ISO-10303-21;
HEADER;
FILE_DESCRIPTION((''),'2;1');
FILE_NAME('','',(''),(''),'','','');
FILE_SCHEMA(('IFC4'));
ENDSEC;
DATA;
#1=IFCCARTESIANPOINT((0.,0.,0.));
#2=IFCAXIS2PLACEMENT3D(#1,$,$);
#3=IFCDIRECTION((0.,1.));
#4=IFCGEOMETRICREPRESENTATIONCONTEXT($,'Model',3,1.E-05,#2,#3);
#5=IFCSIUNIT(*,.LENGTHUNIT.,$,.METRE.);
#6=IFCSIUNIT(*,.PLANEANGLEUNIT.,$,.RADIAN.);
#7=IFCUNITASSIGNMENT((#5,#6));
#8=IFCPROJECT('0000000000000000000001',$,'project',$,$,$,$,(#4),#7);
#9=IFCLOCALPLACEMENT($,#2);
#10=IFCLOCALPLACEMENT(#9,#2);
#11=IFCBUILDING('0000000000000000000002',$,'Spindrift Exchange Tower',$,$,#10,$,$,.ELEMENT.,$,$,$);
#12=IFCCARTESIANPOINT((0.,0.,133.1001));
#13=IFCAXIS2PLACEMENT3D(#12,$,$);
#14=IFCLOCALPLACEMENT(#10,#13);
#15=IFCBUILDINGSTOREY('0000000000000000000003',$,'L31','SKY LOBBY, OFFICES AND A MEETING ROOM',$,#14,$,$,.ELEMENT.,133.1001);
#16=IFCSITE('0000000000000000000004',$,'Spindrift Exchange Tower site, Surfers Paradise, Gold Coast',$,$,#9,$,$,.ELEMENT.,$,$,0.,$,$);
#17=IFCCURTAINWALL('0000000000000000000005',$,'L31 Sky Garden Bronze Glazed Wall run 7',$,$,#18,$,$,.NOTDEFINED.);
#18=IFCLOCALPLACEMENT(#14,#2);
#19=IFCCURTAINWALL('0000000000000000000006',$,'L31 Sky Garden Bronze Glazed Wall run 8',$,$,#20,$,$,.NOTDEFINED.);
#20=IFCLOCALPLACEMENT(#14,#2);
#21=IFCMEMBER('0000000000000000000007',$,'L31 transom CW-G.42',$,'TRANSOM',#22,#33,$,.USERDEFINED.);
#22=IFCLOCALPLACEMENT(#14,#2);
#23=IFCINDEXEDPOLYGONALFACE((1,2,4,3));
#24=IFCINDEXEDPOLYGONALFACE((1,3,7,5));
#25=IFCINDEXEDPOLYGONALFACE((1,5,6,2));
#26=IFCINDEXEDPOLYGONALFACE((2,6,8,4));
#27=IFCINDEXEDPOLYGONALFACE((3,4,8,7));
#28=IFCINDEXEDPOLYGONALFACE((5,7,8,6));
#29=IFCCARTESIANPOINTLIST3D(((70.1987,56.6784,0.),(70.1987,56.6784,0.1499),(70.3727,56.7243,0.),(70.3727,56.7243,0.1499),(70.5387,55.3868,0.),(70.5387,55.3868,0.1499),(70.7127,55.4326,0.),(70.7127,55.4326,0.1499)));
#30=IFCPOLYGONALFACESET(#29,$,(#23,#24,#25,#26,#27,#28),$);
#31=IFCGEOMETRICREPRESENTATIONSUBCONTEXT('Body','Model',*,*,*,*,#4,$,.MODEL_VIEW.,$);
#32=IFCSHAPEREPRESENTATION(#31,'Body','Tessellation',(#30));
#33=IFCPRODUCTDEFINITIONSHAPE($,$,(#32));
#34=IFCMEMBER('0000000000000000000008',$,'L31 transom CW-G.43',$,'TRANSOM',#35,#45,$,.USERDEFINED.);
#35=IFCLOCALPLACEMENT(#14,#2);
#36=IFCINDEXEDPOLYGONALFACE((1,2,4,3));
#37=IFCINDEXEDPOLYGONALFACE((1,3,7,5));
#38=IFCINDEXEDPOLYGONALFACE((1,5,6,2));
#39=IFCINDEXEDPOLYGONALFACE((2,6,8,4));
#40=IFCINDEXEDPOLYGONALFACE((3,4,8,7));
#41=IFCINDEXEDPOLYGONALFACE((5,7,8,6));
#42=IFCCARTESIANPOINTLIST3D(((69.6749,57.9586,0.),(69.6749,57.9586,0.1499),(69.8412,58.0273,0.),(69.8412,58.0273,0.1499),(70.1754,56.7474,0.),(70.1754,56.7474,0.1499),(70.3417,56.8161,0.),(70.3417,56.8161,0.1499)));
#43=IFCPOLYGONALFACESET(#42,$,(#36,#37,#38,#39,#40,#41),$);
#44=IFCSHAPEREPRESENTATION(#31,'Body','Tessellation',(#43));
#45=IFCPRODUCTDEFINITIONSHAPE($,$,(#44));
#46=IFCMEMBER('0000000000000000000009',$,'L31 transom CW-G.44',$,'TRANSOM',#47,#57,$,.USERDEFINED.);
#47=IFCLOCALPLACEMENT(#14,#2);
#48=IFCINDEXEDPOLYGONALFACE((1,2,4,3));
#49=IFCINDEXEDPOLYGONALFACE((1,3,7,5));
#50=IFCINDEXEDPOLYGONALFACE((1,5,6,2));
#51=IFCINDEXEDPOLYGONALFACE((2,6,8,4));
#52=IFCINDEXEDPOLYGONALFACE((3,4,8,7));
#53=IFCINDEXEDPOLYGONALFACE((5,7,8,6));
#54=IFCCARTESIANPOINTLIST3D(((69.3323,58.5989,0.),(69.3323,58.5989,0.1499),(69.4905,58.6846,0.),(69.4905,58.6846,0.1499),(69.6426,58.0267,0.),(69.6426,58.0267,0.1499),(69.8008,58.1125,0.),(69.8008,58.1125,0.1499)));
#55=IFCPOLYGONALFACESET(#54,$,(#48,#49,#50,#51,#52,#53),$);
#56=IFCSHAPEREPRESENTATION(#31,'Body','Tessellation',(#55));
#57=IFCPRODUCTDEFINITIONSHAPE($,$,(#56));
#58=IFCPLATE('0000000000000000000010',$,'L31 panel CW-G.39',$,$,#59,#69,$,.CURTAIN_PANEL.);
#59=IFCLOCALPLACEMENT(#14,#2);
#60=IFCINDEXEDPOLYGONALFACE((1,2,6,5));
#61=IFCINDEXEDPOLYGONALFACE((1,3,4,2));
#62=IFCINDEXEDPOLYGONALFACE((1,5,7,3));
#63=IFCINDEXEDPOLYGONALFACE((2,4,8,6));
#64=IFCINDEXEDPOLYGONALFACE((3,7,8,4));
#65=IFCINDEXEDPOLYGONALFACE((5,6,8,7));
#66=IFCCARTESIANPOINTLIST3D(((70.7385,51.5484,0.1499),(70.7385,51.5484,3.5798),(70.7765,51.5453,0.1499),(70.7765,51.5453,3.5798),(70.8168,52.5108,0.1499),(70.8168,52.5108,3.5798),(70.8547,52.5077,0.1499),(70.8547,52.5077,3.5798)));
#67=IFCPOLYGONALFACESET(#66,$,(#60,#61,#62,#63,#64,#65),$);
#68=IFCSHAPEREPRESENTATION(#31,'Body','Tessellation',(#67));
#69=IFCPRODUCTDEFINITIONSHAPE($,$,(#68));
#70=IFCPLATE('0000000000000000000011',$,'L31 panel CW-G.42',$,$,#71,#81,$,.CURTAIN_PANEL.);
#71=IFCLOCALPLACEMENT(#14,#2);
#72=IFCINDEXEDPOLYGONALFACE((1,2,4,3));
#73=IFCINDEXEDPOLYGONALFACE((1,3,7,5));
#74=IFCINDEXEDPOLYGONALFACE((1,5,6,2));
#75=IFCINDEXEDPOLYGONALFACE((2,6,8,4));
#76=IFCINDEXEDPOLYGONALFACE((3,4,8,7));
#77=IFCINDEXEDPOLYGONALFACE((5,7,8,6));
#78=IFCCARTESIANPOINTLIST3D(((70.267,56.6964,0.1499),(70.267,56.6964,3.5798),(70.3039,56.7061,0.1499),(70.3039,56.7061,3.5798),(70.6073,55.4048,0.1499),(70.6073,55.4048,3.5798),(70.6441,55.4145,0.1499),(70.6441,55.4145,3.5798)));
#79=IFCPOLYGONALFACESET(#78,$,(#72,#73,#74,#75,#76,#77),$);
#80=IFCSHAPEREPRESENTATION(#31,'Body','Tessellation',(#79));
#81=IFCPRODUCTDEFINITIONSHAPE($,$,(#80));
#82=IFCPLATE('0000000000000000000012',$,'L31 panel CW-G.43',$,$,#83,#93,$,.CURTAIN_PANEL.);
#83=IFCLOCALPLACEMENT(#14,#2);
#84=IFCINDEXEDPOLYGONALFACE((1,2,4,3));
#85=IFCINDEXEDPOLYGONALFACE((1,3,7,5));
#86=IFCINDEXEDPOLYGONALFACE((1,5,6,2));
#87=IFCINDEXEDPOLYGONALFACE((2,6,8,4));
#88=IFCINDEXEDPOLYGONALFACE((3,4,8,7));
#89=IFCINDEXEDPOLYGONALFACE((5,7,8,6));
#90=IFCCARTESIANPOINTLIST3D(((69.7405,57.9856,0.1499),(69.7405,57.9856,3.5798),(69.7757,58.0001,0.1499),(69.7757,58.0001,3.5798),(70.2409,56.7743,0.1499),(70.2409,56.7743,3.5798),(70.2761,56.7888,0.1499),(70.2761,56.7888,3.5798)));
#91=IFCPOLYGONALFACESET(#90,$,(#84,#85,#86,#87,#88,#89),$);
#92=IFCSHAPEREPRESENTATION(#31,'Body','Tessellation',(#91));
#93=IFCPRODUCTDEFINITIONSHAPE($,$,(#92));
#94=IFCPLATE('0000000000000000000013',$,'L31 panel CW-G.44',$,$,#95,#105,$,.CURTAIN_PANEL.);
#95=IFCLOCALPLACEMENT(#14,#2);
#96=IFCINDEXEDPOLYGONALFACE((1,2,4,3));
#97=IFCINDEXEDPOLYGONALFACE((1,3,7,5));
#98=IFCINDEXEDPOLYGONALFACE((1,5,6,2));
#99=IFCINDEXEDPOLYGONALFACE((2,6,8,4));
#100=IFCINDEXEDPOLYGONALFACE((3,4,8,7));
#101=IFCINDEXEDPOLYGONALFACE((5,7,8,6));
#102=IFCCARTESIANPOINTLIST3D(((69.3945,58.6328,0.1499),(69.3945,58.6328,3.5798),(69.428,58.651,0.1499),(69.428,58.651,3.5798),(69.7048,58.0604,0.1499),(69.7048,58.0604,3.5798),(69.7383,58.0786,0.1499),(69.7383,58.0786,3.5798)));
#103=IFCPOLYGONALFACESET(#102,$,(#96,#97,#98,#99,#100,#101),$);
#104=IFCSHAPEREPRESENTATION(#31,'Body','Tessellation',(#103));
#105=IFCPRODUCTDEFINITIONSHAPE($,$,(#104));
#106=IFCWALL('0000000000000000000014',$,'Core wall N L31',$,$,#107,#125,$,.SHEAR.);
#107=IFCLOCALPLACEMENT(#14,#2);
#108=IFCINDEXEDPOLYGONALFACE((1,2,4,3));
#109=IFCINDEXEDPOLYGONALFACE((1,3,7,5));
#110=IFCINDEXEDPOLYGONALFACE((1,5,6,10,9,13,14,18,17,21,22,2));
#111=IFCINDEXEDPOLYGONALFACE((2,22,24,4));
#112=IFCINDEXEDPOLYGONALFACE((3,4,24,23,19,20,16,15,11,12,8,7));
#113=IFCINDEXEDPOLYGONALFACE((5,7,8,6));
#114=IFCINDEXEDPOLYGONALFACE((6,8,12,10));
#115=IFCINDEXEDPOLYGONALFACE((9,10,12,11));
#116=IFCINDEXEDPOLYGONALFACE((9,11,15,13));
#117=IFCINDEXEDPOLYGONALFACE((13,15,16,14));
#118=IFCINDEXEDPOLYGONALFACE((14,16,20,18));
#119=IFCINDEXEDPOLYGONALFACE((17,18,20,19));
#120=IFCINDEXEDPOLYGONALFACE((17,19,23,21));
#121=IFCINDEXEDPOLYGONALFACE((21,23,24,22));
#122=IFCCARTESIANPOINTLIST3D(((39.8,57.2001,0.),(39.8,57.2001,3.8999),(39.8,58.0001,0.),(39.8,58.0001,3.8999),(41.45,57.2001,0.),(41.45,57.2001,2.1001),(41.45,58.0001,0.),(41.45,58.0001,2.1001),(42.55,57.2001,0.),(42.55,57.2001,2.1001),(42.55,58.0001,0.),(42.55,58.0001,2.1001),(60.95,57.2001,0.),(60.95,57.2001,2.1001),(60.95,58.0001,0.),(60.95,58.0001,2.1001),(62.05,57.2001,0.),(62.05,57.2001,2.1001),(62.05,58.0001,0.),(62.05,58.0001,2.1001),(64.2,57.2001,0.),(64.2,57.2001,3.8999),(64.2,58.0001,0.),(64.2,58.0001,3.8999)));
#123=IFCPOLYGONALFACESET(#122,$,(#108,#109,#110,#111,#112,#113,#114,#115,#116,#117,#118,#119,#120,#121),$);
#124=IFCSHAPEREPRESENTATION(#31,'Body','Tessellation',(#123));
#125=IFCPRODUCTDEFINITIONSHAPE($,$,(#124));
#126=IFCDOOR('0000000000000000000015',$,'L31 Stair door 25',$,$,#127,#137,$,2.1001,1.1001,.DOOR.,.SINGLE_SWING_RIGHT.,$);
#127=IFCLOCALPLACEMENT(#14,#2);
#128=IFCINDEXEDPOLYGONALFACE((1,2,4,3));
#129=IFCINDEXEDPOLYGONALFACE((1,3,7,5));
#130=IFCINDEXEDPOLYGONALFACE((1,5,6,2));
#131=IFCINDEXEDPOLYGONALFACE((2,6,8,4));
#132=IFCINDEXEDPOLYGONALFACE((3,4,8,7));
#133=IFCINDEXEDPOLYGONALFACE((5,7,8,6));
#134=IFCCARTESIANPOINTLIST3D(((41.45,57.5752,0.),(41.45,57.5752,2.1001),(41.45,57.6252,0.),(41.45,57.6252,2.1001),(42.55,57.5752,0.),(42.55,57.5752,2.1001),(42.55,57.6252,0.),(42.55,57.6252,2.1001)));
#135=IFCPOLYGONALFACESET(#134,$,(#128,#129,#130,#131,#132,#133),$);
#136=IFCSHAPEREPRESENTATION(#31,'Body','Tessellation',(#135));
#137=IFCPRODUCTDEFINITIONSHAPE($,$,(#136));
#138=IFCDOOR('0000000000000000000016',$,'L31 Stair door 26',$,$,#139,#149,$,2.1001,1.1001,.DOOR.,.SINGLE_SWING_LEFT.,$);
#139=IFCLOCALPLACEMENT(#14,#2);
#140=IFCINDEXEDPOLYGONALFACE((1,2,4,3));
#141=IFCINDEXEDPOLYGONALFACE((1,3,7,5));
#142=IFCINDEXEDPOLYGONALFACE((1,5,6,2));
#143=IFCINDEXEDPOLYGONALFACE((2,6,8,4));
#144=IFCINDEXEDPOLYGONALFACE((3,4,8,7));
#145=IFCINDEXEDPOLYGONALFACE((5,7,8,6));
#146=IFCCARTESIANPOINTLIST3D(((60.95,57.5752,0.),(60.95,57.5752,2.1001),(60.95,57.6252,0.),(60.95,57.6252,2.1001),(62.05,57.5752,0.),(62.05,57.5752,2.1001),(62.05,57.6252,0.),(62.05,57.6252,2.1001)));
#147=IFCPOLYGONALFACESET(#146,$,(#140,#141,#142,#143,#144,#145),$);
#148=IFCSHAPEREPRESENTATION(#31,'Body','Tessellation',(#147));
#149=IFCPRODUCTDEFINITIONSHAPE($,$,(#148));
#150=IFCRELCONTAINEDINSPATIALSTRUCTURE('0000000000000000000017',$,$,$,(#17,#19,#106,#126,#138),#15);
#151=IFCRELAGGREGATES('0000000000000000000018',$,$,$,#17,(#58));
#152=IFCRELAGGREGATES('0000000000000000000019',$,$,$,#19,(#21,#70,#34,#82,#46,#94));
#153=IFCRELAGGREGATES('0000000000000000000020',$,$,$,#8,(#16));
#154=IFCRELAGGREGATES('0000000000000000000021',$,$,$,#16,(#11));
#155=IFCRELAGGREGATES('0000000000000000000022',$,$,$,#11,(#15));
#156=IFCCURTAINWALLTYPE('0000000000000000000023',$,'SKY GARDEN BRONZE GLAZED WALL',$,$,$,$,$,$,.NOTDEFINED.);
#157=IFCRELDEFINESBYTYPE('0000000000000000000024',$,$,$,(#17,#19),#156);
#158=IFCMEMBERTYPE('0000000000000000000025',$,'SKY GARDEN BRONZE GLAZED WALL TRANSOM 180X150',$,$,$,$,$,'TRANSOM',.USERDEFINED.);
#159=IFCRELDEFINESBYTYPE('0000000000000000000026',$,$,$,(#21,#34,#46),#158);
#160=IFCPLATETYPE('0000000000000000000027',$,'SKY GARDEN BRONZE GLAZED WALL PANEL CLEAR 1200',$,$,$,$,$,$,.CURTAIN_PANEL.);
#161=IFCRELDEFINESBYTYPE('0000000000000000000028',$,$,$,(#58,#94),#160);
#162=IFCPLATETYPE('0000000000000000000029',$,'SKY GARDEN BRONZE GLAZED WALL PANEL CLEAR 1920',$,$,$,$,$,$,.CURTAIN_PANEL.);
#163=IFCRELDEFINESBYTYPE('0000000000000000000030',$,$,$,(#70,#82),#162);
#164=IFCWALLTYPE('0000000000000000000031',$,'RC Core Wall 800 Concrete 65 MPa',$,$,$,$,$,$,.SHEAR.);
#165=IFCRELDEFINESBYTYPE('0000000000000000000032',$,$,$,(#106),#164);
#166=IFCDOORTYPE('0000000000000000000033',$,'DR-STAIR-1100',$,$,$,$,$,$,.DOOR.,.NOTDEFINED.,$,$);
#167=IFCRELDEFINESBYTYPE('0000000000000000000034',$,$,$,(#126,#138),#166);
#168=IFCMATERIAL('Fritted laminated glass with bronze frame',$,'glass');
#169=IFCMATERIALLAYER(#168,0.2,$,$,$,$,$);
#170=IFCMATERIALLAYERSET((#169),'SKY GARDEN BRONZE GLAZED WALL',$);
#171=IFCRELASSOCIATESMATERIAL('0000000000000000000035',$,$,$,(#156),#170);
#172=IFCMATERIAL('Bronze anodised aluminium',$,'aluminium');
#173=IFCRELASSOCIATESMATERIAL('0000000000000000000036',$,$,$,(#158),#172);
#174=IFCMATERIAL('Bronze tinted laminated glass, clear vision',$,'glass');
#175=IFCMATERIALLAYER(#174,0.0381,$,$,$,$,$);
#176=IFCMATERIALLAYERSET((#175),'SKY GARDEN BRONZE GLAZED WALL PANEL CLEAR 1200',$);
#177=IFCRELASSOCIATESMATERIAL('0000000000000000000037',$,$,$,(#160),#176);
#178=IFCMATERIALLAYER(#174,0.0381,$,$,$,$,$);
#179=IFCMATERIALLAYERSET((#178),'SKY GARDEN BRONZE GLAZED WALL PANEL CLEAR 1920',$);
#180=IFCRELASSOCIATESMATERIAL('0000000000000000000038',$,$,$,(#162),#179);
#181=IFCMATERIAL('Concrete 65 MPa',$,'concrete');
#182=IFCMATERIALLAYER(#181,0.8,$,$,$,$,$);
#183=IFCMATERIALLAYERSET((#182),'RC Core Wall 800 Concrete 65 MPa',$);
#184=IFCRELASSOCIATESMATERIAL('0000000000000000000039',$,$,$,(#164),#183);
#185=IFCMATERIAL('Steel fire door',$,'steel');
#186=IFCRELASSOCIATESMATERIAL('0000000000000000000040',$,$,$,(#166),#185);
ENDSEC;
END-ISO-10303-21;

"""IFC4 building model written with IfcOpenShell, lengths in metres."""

from ifc_helpers import new_model, si_unit, direction, frame, frame_2d, origin, origin_2d, place, context, subcontext, project, spatial, rectangle, extrude, source, transform, mapped, material, layer, layer_set, material_profile, profile_set, type_object, element, fill, aggregate, save


model = new_model("IFC4")

# Units and contexts
model_context = context("Model", 3, precision=1e-05, world=origin(), true_north=direction((0.0, 1.0)))
body_context = subcontext(model_context, "Body", "Model", "MODEL_VIEW")
ifc_project = project(units=[si_unit("LENGTHUNIT", "METRE"), si_unit("PLANEANGLEUNIT", "RADIAN")], contexts=[model_context])

# Site, building, storey
site_placement = place(None, origin())
site = spatial("IfcSite", under=ifc_project, at=site_placement, Name="Spindrift Exchange Tower site, Surfers Paradise, Gold Coast", CompositionType="ELEMENT", RefElevation=0.0)
building_placement = place(site_placement, origin())
building = spatial("IfcBuilding", under=site, at=building_placement, Name="Spindrift Exchange Tower", CompositionType="ELEMENT")
storey_placement = place(building_placement, frame((0.0, 0.0, 133.1001)))
storey = spatial("IfcBuildingStorey", under=building, at=storey_placement, Name="L31", Description="SKY LOBBY, OFFICES AND A MEETING ROOM", CompositionType="ELEMENT", Elevation=133.1001)

# Curtain wall
ifc_material_1 = material(Name="Fritted laminated glass with bronze frame", Category="glass")
ifc_layer_1 = layer(ifc_material_1, 0.2)
ifc_layer_set_1 = layer_set([ifc_layer_1], Name="SKY GARDEN BRONZE GLAZED WALL")
curtain_wall_type = type_object("IfcCurtainWallType", Name="SKY GARDEN BRONZE GLAZED WALL", PredefinedType="NOTDEFINED", material=ifc_layer_set_1)
curtain_wall_1_placement = place(storey_placement, origin())
curtain_wall_1 = element("IfcCurtainWall", 1, at=curtain_wall_1_placement, inside=storey, type_object=curtain_wall_type, Name="L31 Sky Garden Bronze Glazed Wall run 7", PredefinedType="NOTDEFINED")
ifc_material_2 = material(Name="Bronze anodised aluminium", Category="aluminium")

# Curtain wall
curtain_wall_2_placement = place(storey_placement, origin())
curtain_wall_2 = element("IfcCurtainWall", 2, at=curtain_wall_2_placement, inside=storey, type_object=curtain_wall_type, Name="L31 Sky Garden Bronze Glazed Wall run 8", PredefinedType="NOTDEFINED")

# Members
ifc_material_profile_1 = material_profile(ifc_material_2, rectangle(XDim=0.1799, YDim=0.1499, at=origin_2d()), Name="SKY GARDEN BRONZE GLAZED WALL TRANSOM 180X150")
ifc_profile_set_1 = profile_set([ifc_material_profile_1], Name="Bronze anodised aluminium")
member_type_1 = type_object("IfcMemberType", Name="SKY GARDEN BRONZE GLAZED WALL TRANSOM 180X150", ElementType="TRANSOM", PredefinedType="USERDEFINED", material=ifc_profile_set_1)
shared_shape_1 = source(origin(), body_context, "Body", "SweptSolid", [
    extrude(rectangle(XDim=0.1799, YDim=0.1499, at=origin_2d()), origin(), (0.0, 0.0, 1.0), 1.3357),
])
member_1_placement = place(storey_placement, frame((70.6257, 55.4097, 0.075), z_axis=(-0.254601, 0.967046, 0.0), x_axis=(-0.967046, -0.254601, 0.0)))
member_1 = element("IfcMember", 3, at=member_1_placement, type_object=member_type_1, Name="L31 transom CW-G.42", ObjectType="TRANSOM", PredefinedType="USERDEFINED", context=body_context, shape_type="MappedRepresentation", body=[
    mapped(shared_shape_1, transform((0.0, 0.0, 0.0), scale=1.0)),
])
shared_shape_2 = source(origin(), body_context, "Body", "SweptSolid", [
    extrude(rectangle(XDim=0.1799, YDim=0.1499, at=origin_2d()), origin(), (0.0, 0.0, 1.0), 1.3105),
])
member_2_placement = place(storey_placement, frame((70.2585, 56.7817, 0.075), z_axis=(-0.381902, 0.924203, 0.0), x_axis=(-0.924203, -0.381902, 0.0)))
member_2 = element("IfcMember", 4, at=member_2_placement, type_object=member_type_1, Name="L31 transom CW-G.43", ObjectType="TRANSOM", PredefinedType="USERDEFINED", context=body_context, shape_type="MappedRepresentation", body=[
    mapped(shared_shape_2, transform((0.0, 0.0, 0.0), scale=1.0)),
])
shared_shape_3 = source(origin(), body_context, "Body", "SweptSolid", [
    extrude(rectangle(XDim=0.1799, YDim=0.1499, at=origin_2d()), origin(), (0.0, 0.0, 1.0), 0.6509),
])
member_3_placement = place(storey_placement, frame((69.7217, 58.0696, 0.075), z_axis=(-0.47667, 0.879082, 0.0), x_axis=(-0.879082, -0.47667, 0.0)))
member_3 = element("IfcMember", 5, at=member_3_placement, type_object=member_type_1, Name="L31 transom CW-G.44", ObjectType="TRANSOM", PredefinedType="USERDEFINED", context=body_context, shape_type="MappedRepresentation", body=[
    mapped(shared_shape_3, transform((0.0, 0.0, 0.0), scale=1.0)),
])

# Plates
ifc_material_3 = material(Name="Bronze tinted laminated glass, clear vision", Category="glass")
ifc_layer_2 = layer(ifc_material_3, 0.0381)
ifc_layer_set_2 = layer_set([ifc_layer_2], Name="SKY GARDEN BRONZE GLAZED WALL PANEL CLEAR 1200")
plate_type_1 = type_object("IfcPlateType", Name="SKY GARDEN BRONZE GLAZED WALL PANEL CLEAR 1200", PredefinedType="CURTAIN_PANEL", material=ifc_layer_set_2)
shared_shape_4 = source(origin(), body_context, "Body", "SweptSolid", [
    extrude(rectangle(XDim=0.9656, YDim=0.0381, at=origin_2d()), origin(), (0.0, 0.0, 1.0), 3.4299),
])
plate_1_placement = place(storey_placement, frame((70.7966, 52.0281, 0.1499), z_axis=(0.0, 0.0, 1.0), x_axis=(0.081013, 0.996713, 0.0)))
plate_1 = element("IfcPlate", 6, at=plate_1_placement, type_object=plate_type_1, Name="L31 panel CW-G.39", PredefinedType="CURTAIN_PANEL", context=body_context, shape_type="MappedRepresentation", body=[
    mapped(shared_shape_4, transform((0.0, 0.0, 0.0), scale=1.0)),
])
aggregate(curtain_wall_1, [plate_1])
ifc_layer_3 = layer(ifc_material_3, 0.0381)
ifc_layer_set_3 = layer_set([ifc_layer_3], Name="SKY GARDEN BRONZE GLAZED WALL PANEL CLEAR 1920")
plate_type_2 = type_object("IfcPlateType", Name="SKY GARDEN BRONZE GLAZED WALL PANEL CLEAR 1920", PredefinedType="CURTAIN_PANEL", material=ifc_layer_set_3)
shared_shape_5 = source(origin(), body_context, "Body", "SweptSolid", [
    extrude(rectangle(XDim=1.3357, YDim=0.0381, at=origin_2d()), origin(), (0.0, 0.0, 1.0), 3.4299),
])
plate_2_placement = place(storey_placement, frame((70.4556, 56.0554, 0.1499), z_axis=(0.0, 0.0, 1.0), x_axis=(-0.254739, 0.96701, 0.0)))
plate_2 = element("IfcPlate", 7, at=plate_2_placement, type_object=plate_type_2, Name="L31 panel CW-G.42", PredefinedType="CURTAIN_PANEL", context=body_context, shape_type="MappedRepresentation", body=[
    mapped(shared_shape_5, transform((0.0, 0.0, 0.0), scale=1.0)),
])
shared_shape_6 = source(origin(), body_context, "Body", "SweptSolid", [
    extrude(rectangle(XDim=1.3105, YDim=0.0381, at=origin_2d()), origin(), (0.0, 0.0, 1.0), 3.4299),
])
plate_3_placement = place(storey_placement, frame((70.0083, 57.3872, 0.1499), z_axis=(0.0, 0.0, 1.0), x_axis=(-0.381795, 0.924247, 0.0)))
plate_3 = element("IfcPlate", 8, at=plate_3_placement, type_object=plate_type_2, Name="L31 panel CW-G.43", PredefinedType="CURTAIN_PANEL", context=body_context, shape_type="MappedRepresentation", body=[
    mapped(shared_shape_6, transform((0.0, 0.0, 0.0), scale=1.0)),
])
shared_shape_7 = source(origin(), body_context, "Body", "SweptSolid", [
    extrude(rectangle(XDim=0.6511, YDim=0.0381, at=origin_2d()), origin(), (0.0, 0.0, 1.0), 3.4299),
])
plate_4_placement = place(storey_placement, frame((69.5664, 58.3557, 0.1499), z_axis=(0.0, 0.0, 1.0), x_axis=(-0.476585, 0.879128, 0.0)))
plate_4 = element("IfcPlate", 9, at=plate_4_placement, type_object=plate_type_1, Name="L31 panel CW-G.44", PredefinedType="CURTAIN_PANEL", context=body_context, shape_type="MappedRepresentation", body=[
    mapped(shared_shape_7, transform((0.0, 0.0, 0.0), scale=1.0)),
])
aggregate(curtain_wall_2, [member_1, plate_2, member_2, plate_3, member_3, plate_4])

# Wall, openings, doors
ifc_material_4 = material(Name="Concrete 65 MPa", Category="concrete")
ifc_layer_4 = layer(ifc_material_4, 0.8)
ifc_layer_set_4 = layer_set([ifc_layer_4], Name="RC Core Wall 800 Concrete 65 MPa")
wall_type_1 = type_object("IfcWallType", Name="RC Core Wall 800 Concrete 65 MPa", PredefinedType="SHEAR", material=ifc_layer_set_4)
wall_1_placement = place(storey_placement, frame((64.2, 57.6001, 0.0), z_axis=(0.0, 0.0, 1.0), x_axis=(-1.0, 0.0, 0.0)))
wall_1 = element("IfcWall", 10, at=wall_1_placement, inside=storey, type_object=wall_type_1, Name="Core wall N L31", PredefinedType="SHEAR", context=body_context, shape_type="SweptSolid", body=[
    extrude(rectangle(XDim=24.3999, YDim=0.8, at=frame_2d((12.2, 0.0))), origin(), (0.0, 0.0, 1.0), 3.8999),
])
opening_1_placement = place(wall_1_placement, frame((21.6499, 0.0, 0.0)))
opening_1 = element("IfcOpeningElement", 11, at=opening_1_placement, cuts=wall_1, PredefinedType="OPENING", context=body_context, shape_type="SweptSolid", body=[
    extrude(rectangle(XDim=1.1001, YDim=2.1001, at=frame_2d((0.55, 1.05))), frame((0.0, 0.4099, 0.0), z_axis=(0.0, -1.0, 0.0), x_axis=(1.0, 0.0, 0.0)), (0.0, 0.0, 1.0), 0.8201),
])
opening_2_placement = place(wall_1_placement, frame((2.1499, 0.0, 0.0)))
opening_2 = element("IfcOpeningElement", 12, at=opening_2_placement, cuts=wall_1, PredefinedType="OPENING", context=body_context, shape_type="SweptSolid", body=[
    extrude(rectangle(XDim=1.1001, YDim=2.1001, at=frame_2d((0.55, 1.05))), frame((0.0, 0.4099, 0.0), z_axis=(0.0, -1.0, 0.0), x_axis=(1.0, 0.0, 0.0)), (0.0, 0.0, 1.0), 0.8201),
])
ifc_material_5 = material(Name="Steel fire door", Category="steel")
door_type_1 = type_object("IfcDoorType", Name="DR-STAIR-1100", OperationType="NOTDEFINED", PredefinedType="DOOR", material=ifc_material_5)
shared_shape_8 = source(origin(), body_context, "Body", "SweptSolid", [
    extrude(rectangle(XDim=1.1001, YDim=2.1001, at=frame_2d((0.55, 1.05))), frame((0.0, 0.0249, 0.0), z_axis=(0.0, -1.0, 0.0), x_axis=(1.0, 0.0, 0.0)), (0.0, 0.0, 1.0), 0.05),
])
door_1_placement = place(opening_1_placement, origin())
door_1 = element("IfcDoor", 13, at=door_1_placement, inside=storey, type_object=door_type_1, Name="L31 Stair door 25", OperationType="SINGLE_SWING_RIGHT", OverallHeight=2.1001, OverallWidth=1.1001, PredefinedType="DOOR", context=body_context, shape_type="MappedRepresentation", body=[
    mapped(shared_shape_8, transform((0.0, 0.0, 0.0), scale=1.0)),
])
fill(opening_1, door_1)
door_2_placement = place(opening_2_placement, origin())
door_2 = element("IfcDoor", 14, at=door_2_placement, inside=storey, type_object=door_type_1, Name="L31 Stair door 26", OperationType="SINGLE_SWING_LEFT", OverallHeight=2.1001, OverallWidth=1.1001, PredefinedType="DOOR", context=body_context, shape_type="MappedRepresentation", body=[
    mapped(shared_shape_8, transform((0.0, 0.0, 0.0), scale=1.0)),
])
fill(opening_2, door_2)

save(model, "model.ifc")
